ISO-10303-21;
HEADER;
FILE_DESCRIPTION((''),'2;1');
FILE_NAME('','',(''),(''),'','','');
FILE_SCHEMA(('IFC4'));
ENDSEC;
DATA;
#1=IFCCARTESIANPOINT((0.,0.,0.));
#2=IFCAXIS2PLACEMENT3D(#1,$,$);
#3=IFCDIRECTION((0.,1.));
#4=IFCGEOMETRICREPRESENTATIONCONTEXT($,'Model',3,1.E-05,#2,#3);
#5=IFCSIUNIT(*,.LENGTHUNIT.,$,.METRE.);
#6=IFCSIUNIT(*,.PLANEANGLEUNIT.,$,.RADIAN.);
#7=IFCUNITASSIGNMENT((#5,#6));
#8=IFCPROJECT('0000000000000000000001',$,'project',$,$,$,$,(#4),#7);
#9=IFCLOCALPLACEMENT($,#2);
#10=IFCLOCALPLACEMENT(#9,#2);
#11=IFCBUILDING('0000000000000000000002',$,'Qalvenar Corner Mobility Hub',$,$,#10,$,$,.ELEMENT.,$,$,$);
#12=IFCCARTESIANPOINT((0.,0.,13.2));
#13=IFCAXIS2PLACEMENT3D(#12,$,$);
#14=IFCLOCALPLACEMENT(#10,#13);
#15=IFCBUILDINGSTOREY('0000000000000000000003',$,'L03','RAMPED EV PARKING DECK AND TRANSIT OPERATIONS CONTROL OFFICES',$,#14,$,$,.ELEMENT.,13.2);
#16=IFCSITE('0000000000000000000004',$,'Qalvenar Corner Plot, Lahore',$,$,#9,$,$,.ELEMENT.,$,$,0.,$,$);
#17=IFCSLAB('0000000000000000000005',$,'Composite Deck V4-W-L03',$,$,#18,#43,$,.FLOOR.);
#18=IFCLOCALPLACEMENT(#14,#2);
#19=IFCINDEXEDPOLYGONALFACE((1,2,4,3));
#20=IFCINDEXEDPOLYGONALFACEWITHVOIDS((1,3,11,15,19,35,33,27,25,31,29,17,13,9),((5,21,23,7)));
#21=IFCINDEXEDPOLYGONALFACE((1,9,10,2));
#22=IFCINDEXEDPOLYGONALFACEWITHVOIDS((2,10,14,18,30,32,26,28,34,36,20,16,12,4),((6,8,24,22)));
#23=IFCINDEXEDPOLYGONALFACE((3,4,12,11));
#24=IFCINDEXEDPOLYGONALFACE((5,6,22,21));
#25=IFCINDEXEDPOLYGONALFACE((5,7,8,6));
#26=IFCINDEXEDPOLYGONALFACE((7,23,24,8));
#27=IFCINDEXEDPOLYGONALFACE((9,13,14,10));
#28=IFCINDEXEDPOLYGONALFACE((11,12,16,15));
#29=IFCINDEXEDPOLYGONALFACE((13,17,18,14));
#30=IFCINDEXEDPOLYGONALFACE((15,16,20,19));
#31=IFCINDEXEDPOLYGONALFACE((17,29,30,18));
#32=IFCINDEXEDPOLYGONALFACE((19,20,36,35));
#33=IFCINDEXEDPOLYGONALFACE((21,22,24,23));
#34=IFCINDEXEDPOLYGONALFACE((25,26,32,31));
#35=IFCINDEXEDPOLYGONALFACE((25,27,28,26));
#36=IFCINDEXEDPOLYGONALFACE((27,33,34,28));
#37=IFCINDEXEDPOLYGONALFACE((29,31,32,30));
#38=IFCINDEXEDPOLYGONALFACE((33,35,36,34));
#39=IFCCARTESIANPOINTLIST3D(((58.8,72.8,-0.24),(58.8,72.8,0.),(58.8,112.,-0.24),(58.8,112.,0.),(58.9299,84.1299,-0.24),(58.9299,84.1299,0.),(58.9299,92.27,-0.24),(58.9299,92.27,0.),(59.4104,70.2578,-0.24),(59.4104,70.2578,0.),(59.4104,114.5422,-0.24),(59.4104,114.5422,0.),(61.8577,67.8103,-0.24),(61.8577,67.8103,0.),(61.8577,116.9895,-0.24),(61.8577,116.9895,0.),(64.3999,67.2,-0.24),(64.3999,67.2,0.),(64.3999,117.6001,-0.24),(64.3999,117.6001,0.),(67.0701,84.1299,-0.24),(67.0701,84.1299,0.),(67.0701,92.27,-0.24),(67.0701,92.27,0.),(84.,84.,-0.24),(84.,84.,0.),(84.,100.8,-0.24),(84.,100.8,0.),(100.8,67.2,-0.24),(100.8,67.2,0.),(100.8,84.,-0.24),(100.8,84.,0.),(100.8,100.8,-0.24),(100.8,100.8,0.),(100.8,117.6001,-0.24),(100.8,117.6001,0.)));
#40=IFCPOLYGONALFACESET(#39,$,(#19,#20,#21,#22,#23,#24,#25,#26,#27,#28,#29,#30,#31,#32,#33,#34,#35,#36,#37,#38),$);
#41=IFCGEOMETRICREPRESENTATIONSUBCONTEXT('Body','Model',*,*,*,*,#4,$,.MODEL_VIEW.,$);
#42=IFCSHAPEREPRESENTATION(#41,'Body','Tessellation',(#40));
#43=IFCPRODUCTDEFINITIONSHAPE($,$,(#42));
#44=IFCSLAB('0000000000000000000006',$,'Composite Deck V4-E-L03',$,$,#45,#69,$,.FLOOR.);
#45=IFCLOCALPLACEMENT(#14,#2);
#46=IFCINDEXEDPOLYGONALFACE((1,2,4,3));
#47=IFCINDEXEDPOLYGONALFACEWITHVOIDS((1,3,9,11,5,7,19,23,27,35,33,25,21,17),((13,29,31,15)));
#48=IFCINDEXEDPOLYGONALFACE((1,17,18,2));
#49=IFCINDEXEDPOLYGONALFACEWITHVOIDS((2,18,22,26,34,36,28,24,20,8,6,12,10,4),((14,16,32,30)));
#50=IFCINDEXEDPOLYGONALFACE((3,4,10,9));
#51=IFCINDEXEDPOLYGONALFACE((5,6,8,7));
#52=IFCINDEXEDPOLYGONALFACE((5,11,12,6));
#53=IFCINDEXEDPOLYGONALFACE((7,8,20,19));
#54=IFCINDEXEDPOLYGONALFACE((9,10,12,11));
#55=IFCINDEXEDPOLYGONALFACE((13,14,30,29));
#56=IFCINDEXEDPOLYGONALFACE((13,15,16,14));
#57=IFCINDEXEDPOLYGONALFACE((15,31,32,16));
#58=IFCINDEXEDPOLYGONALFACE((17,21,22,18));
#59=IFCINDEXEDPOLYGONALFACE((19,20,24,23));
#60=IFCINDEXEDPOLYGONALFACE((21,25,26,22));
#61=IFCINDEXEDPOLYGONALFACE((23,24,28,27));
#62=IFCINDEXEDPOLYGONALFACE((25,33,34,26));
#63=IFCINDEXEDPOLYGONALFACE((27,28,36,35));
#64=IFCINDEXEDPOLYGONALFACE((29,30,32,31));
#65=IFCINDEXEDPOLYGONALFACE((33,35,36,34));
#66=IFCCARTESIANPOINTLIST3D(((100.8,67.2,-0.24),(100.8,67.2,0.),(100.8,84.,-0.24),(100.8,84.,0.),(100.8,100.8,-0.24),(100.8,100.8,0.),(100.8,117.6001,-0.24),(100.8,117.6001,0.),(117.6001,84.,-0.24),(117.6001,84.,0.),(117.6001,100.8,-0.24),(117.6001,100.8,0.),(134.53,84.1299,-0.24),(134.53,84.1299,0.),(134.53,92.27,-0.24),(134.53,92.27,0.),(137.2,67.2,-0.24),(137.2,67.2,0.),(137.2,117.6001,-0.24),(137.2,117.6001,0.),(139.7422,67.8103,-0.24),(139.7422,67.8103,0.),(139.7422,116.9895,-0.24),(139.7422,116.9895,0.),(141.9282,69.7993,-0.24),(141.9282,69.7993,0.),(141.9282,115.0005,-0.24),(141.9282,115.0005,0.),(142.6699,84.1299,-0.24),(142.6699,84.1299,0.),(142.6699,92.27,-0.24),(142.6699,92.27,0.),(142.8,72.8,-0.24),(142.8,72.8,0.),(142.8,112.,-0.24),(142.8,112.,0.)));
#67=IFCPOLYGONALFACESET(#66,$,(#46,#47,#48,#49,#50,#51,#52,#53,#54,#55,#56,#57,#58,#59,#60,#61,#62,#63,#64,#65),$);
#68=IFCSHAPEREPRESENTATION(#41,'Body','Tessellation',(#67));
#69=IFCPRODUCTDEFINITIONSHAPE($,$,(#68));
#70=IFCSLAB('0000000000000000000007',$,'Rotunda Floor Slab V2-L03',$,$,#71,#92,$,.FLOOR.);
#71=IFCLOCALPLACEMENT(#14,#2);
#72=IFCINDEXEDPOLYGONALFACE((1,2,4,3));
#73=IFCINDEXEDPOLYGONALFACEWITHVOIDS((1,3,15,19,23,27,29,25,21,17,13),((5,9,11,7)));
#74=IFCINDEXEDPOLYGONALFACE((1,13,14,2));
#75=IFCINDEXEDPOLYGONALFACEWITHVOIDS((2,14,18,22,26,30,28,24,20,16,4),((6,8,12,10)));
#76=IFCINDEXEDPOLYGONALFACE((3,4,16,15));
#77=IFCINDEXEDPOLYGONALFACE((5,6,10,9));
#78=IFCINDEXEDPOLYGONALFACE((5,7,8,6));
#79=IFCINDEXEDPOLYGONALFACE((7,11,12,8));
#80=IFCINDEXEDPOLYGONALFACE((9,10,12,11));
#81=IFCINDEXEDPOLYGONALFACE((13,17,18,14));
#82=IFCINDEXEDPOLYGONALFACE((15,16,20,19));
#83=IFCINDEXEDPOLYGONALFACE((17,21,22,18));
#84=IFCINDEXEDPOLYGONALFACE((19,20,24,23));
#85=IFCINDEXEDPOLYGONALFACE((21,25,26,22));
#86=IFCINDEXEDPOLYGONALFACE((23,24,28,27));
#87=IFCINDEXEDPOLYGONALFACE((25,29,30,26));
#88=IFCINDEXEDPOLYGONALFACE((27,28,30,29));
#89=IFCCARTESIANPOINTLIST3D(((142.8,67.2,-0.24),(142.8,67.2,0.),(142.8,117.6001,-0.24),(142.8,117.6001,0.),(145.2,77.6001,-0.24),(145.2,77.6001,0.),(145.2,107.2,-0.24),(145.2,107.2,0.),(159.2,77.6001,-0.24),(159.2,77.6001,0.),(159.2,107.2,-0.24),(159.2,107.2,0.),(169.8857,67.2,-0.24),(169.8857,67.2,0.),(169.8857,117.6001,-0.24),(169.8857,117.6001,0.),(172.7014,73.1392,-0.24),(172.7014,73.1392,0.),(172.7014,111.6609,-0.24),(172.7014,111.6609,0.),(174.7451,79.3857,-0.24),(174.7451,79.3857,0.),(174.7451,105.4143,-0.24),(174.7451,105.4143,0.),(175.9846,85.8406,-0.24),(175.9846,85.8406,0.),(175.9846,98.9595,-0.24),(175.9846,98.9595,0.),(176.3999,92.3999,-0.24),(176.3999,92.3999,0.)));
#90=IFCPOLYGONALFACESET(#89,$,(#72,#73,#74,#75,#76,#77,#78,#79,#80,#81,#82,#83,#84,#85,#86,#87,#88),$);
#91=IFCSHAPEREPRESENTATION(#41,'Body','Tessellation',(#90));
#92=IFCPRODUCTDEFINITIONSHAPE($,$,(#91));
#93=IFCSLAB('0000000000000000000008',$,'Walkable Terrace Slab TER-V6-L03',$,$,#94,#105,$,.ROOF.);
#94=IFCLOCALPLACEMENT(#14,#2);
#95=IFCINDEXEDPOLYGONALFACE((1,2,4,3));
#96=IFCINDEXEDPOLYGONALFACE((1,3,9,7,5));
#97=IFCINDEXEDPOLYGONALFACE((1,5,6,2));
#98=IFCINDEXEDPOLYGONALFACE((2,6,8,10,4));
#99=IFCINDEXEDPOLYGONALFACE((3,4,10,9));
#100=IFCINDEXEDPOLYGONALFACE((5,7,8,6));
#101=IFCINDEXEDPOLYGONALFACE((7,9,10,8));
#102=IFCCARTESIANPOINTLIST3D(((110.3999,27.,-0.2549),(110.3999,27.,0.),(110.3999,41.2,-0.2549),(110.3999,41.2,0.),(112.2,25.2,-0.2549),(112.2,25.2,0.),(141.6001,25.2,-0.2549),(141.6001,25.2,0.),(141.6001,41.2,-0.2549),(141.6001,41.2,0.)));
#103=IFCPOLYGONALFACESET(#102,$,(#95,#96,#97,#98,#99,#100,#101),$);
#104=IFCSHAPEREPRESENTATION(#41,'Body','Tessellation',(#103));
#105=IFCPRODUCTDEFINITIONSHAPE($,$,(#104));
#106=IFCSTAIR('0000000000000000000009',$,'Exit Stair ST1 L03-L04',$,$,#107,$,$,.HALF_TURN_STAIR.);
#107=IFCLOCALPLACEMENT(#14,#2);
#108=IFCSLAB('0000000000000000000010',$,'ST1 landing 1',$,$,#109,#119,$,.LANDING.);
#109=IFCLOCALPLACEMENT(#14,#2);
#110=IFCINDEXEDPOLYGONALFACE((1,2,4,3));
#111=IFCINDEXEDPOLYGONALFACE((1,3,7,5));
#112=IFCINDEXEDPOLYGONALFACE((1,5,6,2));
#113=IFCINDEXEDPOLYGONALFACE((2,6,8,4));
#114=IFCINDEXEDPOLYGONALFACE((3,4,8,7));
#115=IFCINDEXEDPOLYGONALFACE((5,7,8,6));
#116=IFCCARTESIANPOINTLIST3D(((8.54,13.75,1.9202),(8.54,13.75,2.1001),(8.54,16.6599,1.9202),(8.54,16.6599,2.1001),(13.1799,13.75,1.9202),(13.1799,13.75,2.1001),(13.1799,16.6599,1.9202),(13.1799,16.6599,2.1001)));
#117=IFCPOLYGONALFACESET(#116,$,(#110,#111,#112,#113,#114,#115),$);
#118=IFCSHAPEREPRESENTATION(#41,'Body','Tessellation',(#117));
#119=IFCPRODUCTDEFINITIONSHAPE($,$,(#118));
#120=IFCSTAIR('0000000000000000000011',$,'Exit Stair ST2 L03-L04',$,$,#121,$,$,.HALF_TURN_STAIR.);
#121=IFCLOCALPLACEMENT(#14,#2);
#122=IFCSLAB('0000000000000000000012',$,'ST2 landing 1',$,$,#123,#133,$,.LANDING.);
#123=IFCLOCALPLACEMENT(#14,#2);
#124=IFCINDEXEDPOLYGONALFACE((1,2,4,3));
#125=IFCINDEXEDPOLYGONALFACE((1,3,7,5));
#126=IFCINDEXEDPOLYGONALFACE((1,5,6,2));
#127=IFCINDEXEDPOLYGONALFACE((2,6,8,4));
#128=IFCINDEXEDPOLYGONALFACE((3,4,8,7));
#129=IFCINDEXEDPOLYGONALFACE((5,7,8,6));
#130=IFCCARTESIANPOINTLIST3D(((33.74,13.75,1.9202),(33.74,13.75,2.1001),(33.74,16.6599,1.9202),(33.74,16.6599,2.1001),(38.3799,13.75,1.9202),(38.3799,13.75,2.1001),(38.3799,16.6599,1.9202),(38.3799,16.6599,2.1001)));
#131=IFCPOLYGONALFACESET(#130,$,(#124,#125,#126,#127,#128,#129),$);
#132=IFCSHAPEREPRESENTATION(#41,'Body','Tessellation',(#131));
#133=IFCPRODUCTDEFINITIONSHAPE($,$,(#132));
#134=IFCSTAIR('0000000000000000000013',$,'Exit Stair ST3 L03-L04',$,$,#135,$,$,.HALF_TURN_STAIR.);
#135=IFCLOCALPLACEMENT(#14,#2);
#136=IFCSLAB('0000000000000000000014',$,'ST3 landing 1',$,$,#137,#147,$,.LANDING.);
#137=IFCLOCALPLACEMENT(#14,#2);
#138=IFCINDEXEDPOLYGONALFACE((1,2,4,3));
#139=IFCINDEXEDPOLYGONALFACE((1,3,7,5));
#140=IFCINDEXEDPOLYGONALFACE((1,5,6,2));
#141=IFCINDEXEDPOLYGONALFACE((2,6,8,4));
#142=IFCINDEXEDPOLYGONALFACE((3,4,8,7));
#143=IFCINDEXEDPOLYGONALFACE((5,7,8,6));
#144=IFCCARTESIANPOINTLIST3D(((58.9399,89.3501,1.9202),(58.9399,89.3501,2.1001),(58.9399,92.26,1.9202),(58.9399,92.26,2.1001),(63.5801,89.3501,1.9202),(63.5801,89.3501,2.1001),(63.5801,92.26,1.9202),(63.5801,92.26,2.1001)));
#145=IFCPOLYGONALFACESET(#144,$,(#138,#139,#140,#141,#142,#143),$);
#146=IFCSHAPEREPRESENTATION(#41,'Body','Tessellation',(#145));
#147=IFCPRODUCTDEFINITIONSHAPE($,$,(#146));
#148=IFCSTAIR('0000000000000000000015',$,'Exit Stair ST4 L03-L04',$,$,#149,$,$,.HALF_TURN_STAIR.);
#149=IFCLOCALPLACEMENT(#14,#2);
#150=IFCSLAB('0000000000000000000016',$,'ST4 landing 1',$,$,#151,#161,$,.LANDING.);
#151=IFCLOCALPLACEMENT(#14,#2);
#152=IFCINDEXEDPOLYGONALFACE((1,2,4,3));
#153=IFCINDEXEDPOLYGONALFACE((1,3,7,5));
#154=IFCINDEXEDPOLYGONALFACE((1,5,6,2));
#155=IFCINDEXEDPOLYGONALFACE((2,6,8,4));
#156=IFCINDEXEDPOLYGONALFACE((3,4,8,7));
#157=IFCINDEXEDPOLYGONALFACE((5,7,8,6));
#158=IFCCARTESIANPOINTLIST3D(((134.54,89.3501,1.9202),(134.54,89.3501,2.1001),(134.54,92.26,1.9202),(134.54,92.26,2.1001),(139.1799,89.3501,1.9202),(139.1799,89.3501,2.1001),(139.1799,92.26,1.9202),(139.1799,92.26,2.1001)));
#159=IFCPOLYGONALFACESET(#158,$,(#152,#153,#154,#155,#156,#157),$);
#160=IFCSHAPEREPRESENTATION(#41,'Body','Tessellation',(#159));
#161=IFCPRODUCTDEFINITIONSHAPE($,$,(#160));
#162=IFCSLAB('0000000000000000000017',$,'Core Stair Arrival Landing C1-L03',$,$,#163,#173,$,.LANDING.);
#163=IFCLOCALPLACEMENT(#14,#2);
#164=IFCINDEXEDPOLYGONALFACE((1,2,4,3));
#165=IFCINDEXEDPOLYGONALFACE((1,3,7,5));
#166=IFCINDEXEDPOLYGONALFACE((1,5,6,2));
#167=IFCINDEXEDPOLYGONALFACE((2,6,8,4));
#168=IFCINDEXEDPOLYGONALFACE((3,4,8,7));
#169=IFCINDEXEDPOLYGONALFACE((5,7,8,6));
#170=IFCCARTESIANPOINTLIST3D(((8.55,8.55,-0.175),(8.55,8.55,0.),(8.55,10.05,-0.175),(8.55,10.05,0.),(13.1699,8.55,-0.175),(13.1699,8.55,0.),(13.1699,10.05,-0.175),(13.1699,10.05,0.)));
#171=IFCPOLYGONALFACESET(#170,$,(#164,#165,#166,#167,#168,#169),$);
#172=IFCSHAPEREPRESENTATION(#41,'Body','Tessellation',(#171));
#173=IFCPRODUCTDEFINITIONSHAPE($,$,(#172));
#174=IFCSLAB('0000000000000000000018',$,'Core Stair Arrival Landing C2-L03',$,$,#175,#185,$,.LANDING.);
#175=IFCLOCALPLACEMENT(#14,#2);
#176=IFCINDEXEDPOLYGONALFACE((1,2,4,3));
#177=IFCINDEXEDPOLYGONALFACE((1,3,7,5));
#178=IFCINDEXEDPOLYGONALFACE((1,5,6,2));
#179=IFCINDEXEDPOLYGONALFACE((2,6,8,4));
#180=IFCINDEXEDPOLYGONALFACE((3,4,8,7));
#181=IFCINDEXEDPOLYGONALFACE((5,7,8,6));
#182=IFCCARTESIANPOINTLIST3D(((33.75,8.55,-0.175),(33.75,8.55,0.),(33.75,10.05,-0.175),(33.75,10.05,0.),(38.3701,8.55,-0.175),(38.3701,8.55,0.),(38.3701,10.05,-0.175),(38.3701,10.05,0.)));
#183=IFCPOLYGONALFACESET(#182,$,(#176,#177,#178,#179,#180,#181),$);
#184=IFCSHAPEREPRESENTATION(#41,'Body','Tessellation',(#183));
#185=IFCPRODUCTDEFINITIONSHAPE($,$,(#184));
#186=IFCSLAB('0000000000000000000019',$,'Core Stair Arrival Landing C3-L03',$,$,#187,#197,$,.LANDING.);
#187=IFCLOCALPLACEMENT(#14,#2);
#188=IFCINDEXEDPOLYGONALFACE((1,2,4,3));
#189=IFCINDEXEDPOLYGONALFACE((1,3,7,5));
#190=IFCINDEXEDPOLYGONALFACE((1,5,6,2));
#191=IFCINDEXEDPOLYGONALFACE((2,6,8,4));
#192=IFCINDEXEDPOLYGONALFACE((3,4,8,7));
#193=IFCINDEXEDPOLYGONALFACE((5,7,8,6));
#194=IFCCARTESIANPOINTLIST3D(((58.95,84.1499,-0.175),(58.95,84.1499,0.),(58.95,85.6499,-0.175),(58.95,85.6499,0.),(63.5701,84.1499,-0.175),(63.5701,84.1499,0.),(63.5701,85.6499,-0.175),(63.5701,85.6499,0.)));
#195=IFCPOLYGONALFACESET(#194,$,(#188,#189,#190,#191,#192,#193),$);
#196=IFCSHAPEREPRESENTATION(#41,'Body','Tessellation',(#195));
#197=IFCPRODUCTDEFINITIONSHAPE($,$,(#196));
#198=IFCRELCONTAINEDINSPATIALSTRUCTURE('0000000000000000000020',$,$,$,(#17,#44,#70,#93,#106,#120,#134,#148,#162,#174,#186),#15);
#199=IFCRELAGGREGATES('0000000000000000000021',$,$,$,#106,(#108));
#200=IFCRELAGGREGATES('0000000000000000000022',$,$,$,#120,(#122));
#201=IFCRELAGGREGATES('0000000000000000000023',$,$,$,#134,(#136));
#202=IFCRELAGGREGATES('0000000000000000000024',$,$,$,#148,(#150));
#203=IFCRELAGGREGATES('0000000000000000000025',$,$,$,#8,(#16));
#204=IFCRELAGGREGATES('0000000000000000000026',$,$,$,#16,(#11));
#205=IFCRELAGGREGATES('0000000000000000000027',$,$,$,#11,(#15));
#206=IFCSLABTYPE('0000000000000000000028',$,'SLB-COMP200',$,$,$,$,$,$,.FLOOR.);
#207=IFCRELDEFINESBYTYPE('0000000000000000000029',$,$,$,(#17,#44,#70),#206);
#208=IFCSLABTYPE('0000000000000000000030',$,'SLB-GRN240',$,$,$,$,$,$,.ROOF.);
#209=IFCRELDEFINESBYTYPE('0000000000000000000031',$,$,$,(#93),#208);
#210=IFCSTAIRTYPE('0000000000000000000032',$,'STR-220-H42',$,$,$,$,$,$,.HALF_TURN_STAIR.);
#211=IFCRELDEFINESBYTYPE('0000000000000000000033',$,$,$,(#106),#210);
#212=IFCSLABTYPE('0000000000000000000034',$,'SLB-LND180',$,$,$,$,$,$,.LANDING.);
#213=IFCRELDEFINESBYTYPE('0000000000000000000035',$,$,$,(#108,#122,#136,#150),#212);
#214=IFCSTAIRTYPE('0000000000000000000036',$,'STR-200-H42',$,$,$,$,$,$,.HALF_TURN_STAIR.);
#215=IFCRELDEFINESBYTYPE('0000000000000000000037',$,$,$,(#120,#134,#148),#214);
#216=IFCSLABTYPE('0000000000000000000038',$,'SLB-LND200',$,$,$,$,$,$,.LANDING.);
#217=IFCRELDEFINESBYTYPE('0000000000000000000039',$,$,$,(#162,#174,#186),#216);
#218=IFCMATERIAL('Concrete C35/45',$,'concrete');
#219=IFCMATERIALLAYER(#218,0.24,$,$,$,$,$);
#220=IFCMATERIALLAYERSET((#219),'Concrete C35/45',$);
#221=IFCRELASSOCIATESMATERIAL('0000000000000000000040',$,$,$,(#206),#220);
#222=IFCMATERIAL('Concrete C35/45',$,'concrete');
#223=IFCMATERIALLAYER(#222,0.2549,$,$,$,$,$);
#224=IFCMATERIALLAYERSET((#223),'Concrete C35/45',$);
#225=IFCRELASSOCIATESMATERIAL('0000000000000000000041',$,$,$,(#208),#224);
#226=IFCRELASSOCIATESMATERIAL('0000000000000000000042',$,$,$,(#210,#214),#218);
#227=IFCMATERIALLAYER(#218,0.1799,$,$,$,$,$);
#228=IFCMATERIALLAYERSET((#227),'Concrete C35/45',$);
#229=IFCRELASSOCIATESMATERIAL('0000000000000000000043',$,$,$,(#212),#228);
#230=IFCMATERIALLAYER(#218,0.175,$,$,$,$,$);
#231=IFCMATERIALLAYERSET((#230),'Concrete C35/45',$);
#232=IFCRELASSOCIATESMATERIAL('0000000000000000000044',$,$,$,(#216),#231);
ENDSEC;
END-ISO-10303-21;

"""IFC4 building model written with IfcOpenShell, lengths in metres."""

from ifc_helpers import new_model, si_unit, direction, frame, origin, place, context, subcontext, project, spatial, polyline, outline, extrude, material, layer, layer_set, type_object, element, aggregate, save


model = new_model("IFC4")

# Units and contexts
model_context = context("Model", 3, precision=1e-05, world=origin(), true_north=direction((0.0, 1.0)))
body_context = subcontext(model_context, "Body", "Model", "MODEL_VIEW")
ifc_project = project(units=[si_unit("LENGTHUNIT", "METRE"), si_unit("PLANEANGLEUNIT", "RADIAN")], contexts=[model_context])

# Site, building, storey
site_placement = place(None, origin())
site = spatial("IfcSite", under=ifc_project, at=site_placement, Name="Qalvenar Corner Plot, Lahore", CompositionType="ELEMENT", RefElevation=0.0)
building_placement = place(site_placement, origin())
building = spatial("IfcBuilding", under=site, at=building_placement, Name="Qalvenar Corner Mobility Hub", CompositionType="ELEMENT")
storey_placement = place(building_placement, frame((0.0, 0.0, 13.2)))
storey = spatial("IfcBuildingStorey", under=building, at=storey_placement, Name="L03", Description="RAMPED EV PARKING DECK AND TRANSIT OPERATIONS CONTROL OFFICES", CompositionType="ELEMENT", Elevation=13.2)

# Slabs
ifc_material_1 = material(Name="Concrete C35/45", Category="concrete")
ifc_layer_1 = layer(ifc_material_1, 0.24)
ifc_layer_set_1 = layer_set([ifc_layer_1], Name="Concrete C35/45")
slab_type_1 = type_object("IfcSlabType", Name="SLB-COMP200", PredefinedType="FLOOR", material=ifc_layer_set_1)
slab_1_placement = place(storey_placement, frame((0.0, 0.0, -0.24)))
element("IfcSlab", 1, at=slab_1_placement, inside=storey, type_object=slab_type_1, Name="Composite Deck V4-W-L03", PredefinedType="FLOOR", context=body_context, shape_type="SweptSolid", body=[
    extrude(outline(polyline([(64.3999, 67.2), (100.8, 67.2), (100.8, 84.0), (84.0, 84.0), (84.0, 100.8), (100.8, 100.8), (100.8, 117.6001), (64.3999, 117.6001), (61.8577, 116.9895), (59.4104, 114.5422), (58.8, 112.0), (58.8, 72.8), (59.4104, 70.2578), (61.8577, 67.8103), (64.3999, 67.2)]), holes=[polyline([(58.9299, 84.1299), (67.0701, 84.1299), (67.0701, 92.27), (58.9299, 92.27), (58.9299, 84.1299)])]), origin(), (0.0, 0.0, 1.0), 0.24),
])
slab_2_placement = place(storey_placement, frame((0.0, 0.0, -0.24)))
element("IfcSlab", 2, at=slab_2_placement, inside=storey, type_object=slab_type_1, Name="Composite Deck V4-E-L03", PredefinedType="FLOOR", context=body_context, shape_type="SweptSolid", body=[
    extrude(outline(polyline([(100.8, 67.2), (137.2, 67.2), (139.7422, 67.8103), (141.9282, 69.7993), (142.8, 72.8), (142.8, 112.0), (141.9282, 115.0005), (139.7422, 116.9895), (137.2, 117.6001), (100.8, 117.6001), (100.8, 100.8), (117.6001, 100.8), (117.6001, 84.0), (100.8, 84.0), (100.8, 67.2)]), holes=[polyline([(134.53, 84.1299), (142.6699, 84.1299), (142.6699, 92.27), (134.53, 92.27), (134.53, 84.1299)])]), origin(), (0.0, 0.0, 1.0), 0.24),
])
slab_3_placement = place(storey_placement, frame((0.0, 0.0, -0.24)))
element("IfcSlab", 3, at=slab_3_placement, inside=storey, type_object=slab_type_1, Name="Rotunda Floor Slab V2-L03", PredefinedType="FLOOR", context=body_context, shape_type="SweptSolid", body=[
    extrude(outline(polyline([(142.8, 67.2), (169.8857, 67.2), (172.7014, 73.1392), (174.7451, 79.3857), (175.9846, 85.8406), (176.3999, 92.3999), (175.9846, 98.9595), (174.7451, 105.4143), (172.7014, 111.6609), (169.8857, 117.6001), (142.8, 117.6001), (142.8, 67.2)]), holes=[polyline([(145.2, 77.6001), (159.2, 77.6001), (159.2, 107.2), (145.2, 107.2), (145.2, 77.6001)])]), origin(), (0.0, 0.0, 1.0), 0.24),
])
ifc_material_2 = material(Name="Concrete C35/45", Category="concrete")
ifc_layer_2 = layer(ifc_material_2, 0.2549)
ifc_layer_set_2 = layer_set([ifc_layer_2], Name="Concrete C35/45")
slab_type_2 = type_object("IfcSlabType", Name="SLB-GRN240", PredefinedType="ROOF", material=ifc_layer_set_2)
slab_4_placement = place(storey_placement, frame((0.0, 0.0, -0.2549)))
element("IfcSlab", 4, at=slab_4_placement, inside=storey, type_object=slab_type_2, Name="Walkable Terrace Slab TER-V6-L03", PredefinedType="ROOF", context=body_context, shape_type="SweptSolid", body=[
    extrude(outline(polyline([(112.2, 25.2), (141.6001, 25.2), (141.6001, 41.2), (110.3999, 41.2), (110.3999, 27.0), (112.2, 25.2)])), origin(), (0.0, 0.0, 1.0), 0.2549),
])

# Stairs, slabs
stair_type_1 = type_object("IfcStairType", Name="STR-220-H42", PredefinedType="HALF_TURN_STAIR", material=ifc_material_1)
stair_1_placement = place(storey_placement, origin())
stair_1 = element("IfcStair", 5, at=stair_1_placement, inside=storey, type_object=stair_type_1, Name="Exit Stair ST1 L03-L04", PredefinedType="HALF_TURN_STAIR")
ifc_layer_3 = layer(ifc_material_1, 0.1799)
ifc_layer_set_3 = layer_set([ifc_layer_3], Name="Concrete C35/45")
slab_type_3 = type_object("IfcSlabType", Name="SLB-LND180", PredefinedType="LANDING", material=ifc_layer_set_3)
slab_5_placement = place(storey_placement, frame((0.0, 0.0, 1.9202)))
slab_5 = element("IfcSlab", 6, at=slab_5_placement, type_object=slab_type_3, Name="ST1 landing 1", PredefinedType="LANDING", context=body_context, shape_type="SweptSolid", body=[
    extrude(outline(polyline([(8.54, 13.75), (13.1799, 13.75), (13.1799, 16.6599), (8.54, 16.6599), (8.54, 13.75)])), origin(), (0.0, 0.0, 1.0), 0.1799),
])
aggregate(stair_1, [slab_5])
stair_type_2 = type_object("IfcStairType", Name="STR-200-H42", PredefinedType="HALF_TURN_STAIR", material=ifc_material_1)
stair_2_placement = place(storey_placement, origin())
stair_2 = element("IfcStair", 7, at=stair_2_placement, inside=storey, type_object=stair_type_2, Name="Exit Stair ST2 L03-L04", PredefinedType="HALF_TURN_STAIR")
slab_6_placement = place(storey_placement, frame((0.0, 0.0, 1.9202)))
slab_6 = element("IfcSlab", 8, at=slab_6_placement, type_object=slab_type_3, Name="ST2 landing 1", PredefinedType="LANDING", context=body_context, shape_type="SweptSolid", body=[
    extrude(outline(polyline([(33.74, 13.75), (38.3799, 13.75), (38.3799, 16.6599), (33.74, 16.6599), (33.74, 13.75)])), origin(), (0.0, 0.0, 1.0), 0.1799),
])
aggregate(stair_2, [slab_6])
stair_3_placement = place(storey_placement, origin())
stair_3 = element("IfcStair", 9, at=stair_3_placement, inside=storey, type_object=stair_type_2, Name="Exit Stair ST3 L03-L04", PredefinedType="HALF_TURN_STAIR")
slab_7_placement = place(storey_placement, frame((0.0, 0.0, 1.9202)))
slab_7 = element("IfcSlab", 10, at=slab_7_placement, type_object=slab_type_3, Name="ST3 landing 1", PredefinedType="LANDING", context=body_context, shape_type="SweptSolid", body=[
    extrude(outline(polyline([(58.9399, 89.3501), (63.5801, 89.3501), (63.5801, 92.26), (58.9399, 92.26), (58.9399, 89.3501)])), origin(), (0.0, 0.0, 1.0), 0.1799),
])
aggregate(stair_3, [slab_7])
stair_4_placement = place(storey_placement, origin())
stair_4 = element("IfcStair", 11, at=stair_4_placement, inside=storey, type_object=stair_type_2, Name="Exit Stair ST4 L03-L04", PredefinedType="HALF_TURN_STAIR")
slab_8_placement = place(storey_placement, frame((0.0, 0.0, 1.9202)))
slab_8 = element("IfcSlab", 12, at=slab_8_placement, type_object=slab_type_3, Name="ST4 landing 1", PredefinedType="LANDING", context=body_context, shape_type="SweptSolid", body=[
    extrude(outline(polyline([(134.54, 89.3501), (139.1799, 89.3501), (139.1799, 92.26), (134.54, 92.26), (134.54, 89.3501)])), origin(), (0.0, 0.0, 1.0), 0.1799),
])
aggregate(stair_4, [slab_8])

# Slabs
ifc_layer_4 = layer(ifc_material_1, 0.175)
ifc_layer_set_4 = layer_set([ifc_layer_4], Name="Concrete C35/45")
slab_type_4 = type_object("IfcSlabType", Name="SLB-LND200", PredefinedType="LANDING", material=ifc_layer_set_4)
slab_9_placement = place(storey_placement, frame((0.0, 0.0, -0.175)))
element("IfcSlab", 13, at=slab_9_placement, inside=storey, type_object=slab_type_4, Name="Core Stair Arrival Landing C1-L03", PredefinedType="LANDING", context=body_context, shape_type="SweptSolid", body=[
    extrude(outline(polyline([(8.55, 8.55), (13.1699, 8.55), (13.1699, 10.05), (8.55, 10.05), (8.55, 8.55)])), origin(), (0.0, 0.0, 1.0), 0.175),
])
slab_10_placement = place(storey_placement, frame((0.0, 0.0, -0.175)))
element("IfcSlab", 14, at=slab_10_placement, inside=storey, type_object=slab_type_4, Name="Core Stair Arrival Landing C2-L03", PredefinedType="LANDING", context=body_context, shape_type="SweptSolid", body=[
    extrude(outline(polyline([(33.75, 8.55), (38.3701, 8.55), (38.3701, 10.05), (33.75, 10.05), (33.75, 8.55)])), origin(), (0.0, 0.0, 1.0), 0.175),
])
slab_11_placement = place(storey_placement, frame((0.0, 0.0, -0.175)))
element("IfcSlab", 15, at=slab_11_placement, inside=storey, type_object=slab_type_4, Name="Core Stair Arrival Landing C3-L03", PredefinedType="LANDING", context=body_context, shape_type="SweptSolid", body=[
    extrude(outline(polyline([(58.95, 84.1499), (63.5701, 84.1499), (63.5701, 85.6499), (58.95, 85.6499), (58.95, 84.1499)])), origin(), (0.0, 0.0, 1.0), 0.175),
])

save(model, "model.ifc")
